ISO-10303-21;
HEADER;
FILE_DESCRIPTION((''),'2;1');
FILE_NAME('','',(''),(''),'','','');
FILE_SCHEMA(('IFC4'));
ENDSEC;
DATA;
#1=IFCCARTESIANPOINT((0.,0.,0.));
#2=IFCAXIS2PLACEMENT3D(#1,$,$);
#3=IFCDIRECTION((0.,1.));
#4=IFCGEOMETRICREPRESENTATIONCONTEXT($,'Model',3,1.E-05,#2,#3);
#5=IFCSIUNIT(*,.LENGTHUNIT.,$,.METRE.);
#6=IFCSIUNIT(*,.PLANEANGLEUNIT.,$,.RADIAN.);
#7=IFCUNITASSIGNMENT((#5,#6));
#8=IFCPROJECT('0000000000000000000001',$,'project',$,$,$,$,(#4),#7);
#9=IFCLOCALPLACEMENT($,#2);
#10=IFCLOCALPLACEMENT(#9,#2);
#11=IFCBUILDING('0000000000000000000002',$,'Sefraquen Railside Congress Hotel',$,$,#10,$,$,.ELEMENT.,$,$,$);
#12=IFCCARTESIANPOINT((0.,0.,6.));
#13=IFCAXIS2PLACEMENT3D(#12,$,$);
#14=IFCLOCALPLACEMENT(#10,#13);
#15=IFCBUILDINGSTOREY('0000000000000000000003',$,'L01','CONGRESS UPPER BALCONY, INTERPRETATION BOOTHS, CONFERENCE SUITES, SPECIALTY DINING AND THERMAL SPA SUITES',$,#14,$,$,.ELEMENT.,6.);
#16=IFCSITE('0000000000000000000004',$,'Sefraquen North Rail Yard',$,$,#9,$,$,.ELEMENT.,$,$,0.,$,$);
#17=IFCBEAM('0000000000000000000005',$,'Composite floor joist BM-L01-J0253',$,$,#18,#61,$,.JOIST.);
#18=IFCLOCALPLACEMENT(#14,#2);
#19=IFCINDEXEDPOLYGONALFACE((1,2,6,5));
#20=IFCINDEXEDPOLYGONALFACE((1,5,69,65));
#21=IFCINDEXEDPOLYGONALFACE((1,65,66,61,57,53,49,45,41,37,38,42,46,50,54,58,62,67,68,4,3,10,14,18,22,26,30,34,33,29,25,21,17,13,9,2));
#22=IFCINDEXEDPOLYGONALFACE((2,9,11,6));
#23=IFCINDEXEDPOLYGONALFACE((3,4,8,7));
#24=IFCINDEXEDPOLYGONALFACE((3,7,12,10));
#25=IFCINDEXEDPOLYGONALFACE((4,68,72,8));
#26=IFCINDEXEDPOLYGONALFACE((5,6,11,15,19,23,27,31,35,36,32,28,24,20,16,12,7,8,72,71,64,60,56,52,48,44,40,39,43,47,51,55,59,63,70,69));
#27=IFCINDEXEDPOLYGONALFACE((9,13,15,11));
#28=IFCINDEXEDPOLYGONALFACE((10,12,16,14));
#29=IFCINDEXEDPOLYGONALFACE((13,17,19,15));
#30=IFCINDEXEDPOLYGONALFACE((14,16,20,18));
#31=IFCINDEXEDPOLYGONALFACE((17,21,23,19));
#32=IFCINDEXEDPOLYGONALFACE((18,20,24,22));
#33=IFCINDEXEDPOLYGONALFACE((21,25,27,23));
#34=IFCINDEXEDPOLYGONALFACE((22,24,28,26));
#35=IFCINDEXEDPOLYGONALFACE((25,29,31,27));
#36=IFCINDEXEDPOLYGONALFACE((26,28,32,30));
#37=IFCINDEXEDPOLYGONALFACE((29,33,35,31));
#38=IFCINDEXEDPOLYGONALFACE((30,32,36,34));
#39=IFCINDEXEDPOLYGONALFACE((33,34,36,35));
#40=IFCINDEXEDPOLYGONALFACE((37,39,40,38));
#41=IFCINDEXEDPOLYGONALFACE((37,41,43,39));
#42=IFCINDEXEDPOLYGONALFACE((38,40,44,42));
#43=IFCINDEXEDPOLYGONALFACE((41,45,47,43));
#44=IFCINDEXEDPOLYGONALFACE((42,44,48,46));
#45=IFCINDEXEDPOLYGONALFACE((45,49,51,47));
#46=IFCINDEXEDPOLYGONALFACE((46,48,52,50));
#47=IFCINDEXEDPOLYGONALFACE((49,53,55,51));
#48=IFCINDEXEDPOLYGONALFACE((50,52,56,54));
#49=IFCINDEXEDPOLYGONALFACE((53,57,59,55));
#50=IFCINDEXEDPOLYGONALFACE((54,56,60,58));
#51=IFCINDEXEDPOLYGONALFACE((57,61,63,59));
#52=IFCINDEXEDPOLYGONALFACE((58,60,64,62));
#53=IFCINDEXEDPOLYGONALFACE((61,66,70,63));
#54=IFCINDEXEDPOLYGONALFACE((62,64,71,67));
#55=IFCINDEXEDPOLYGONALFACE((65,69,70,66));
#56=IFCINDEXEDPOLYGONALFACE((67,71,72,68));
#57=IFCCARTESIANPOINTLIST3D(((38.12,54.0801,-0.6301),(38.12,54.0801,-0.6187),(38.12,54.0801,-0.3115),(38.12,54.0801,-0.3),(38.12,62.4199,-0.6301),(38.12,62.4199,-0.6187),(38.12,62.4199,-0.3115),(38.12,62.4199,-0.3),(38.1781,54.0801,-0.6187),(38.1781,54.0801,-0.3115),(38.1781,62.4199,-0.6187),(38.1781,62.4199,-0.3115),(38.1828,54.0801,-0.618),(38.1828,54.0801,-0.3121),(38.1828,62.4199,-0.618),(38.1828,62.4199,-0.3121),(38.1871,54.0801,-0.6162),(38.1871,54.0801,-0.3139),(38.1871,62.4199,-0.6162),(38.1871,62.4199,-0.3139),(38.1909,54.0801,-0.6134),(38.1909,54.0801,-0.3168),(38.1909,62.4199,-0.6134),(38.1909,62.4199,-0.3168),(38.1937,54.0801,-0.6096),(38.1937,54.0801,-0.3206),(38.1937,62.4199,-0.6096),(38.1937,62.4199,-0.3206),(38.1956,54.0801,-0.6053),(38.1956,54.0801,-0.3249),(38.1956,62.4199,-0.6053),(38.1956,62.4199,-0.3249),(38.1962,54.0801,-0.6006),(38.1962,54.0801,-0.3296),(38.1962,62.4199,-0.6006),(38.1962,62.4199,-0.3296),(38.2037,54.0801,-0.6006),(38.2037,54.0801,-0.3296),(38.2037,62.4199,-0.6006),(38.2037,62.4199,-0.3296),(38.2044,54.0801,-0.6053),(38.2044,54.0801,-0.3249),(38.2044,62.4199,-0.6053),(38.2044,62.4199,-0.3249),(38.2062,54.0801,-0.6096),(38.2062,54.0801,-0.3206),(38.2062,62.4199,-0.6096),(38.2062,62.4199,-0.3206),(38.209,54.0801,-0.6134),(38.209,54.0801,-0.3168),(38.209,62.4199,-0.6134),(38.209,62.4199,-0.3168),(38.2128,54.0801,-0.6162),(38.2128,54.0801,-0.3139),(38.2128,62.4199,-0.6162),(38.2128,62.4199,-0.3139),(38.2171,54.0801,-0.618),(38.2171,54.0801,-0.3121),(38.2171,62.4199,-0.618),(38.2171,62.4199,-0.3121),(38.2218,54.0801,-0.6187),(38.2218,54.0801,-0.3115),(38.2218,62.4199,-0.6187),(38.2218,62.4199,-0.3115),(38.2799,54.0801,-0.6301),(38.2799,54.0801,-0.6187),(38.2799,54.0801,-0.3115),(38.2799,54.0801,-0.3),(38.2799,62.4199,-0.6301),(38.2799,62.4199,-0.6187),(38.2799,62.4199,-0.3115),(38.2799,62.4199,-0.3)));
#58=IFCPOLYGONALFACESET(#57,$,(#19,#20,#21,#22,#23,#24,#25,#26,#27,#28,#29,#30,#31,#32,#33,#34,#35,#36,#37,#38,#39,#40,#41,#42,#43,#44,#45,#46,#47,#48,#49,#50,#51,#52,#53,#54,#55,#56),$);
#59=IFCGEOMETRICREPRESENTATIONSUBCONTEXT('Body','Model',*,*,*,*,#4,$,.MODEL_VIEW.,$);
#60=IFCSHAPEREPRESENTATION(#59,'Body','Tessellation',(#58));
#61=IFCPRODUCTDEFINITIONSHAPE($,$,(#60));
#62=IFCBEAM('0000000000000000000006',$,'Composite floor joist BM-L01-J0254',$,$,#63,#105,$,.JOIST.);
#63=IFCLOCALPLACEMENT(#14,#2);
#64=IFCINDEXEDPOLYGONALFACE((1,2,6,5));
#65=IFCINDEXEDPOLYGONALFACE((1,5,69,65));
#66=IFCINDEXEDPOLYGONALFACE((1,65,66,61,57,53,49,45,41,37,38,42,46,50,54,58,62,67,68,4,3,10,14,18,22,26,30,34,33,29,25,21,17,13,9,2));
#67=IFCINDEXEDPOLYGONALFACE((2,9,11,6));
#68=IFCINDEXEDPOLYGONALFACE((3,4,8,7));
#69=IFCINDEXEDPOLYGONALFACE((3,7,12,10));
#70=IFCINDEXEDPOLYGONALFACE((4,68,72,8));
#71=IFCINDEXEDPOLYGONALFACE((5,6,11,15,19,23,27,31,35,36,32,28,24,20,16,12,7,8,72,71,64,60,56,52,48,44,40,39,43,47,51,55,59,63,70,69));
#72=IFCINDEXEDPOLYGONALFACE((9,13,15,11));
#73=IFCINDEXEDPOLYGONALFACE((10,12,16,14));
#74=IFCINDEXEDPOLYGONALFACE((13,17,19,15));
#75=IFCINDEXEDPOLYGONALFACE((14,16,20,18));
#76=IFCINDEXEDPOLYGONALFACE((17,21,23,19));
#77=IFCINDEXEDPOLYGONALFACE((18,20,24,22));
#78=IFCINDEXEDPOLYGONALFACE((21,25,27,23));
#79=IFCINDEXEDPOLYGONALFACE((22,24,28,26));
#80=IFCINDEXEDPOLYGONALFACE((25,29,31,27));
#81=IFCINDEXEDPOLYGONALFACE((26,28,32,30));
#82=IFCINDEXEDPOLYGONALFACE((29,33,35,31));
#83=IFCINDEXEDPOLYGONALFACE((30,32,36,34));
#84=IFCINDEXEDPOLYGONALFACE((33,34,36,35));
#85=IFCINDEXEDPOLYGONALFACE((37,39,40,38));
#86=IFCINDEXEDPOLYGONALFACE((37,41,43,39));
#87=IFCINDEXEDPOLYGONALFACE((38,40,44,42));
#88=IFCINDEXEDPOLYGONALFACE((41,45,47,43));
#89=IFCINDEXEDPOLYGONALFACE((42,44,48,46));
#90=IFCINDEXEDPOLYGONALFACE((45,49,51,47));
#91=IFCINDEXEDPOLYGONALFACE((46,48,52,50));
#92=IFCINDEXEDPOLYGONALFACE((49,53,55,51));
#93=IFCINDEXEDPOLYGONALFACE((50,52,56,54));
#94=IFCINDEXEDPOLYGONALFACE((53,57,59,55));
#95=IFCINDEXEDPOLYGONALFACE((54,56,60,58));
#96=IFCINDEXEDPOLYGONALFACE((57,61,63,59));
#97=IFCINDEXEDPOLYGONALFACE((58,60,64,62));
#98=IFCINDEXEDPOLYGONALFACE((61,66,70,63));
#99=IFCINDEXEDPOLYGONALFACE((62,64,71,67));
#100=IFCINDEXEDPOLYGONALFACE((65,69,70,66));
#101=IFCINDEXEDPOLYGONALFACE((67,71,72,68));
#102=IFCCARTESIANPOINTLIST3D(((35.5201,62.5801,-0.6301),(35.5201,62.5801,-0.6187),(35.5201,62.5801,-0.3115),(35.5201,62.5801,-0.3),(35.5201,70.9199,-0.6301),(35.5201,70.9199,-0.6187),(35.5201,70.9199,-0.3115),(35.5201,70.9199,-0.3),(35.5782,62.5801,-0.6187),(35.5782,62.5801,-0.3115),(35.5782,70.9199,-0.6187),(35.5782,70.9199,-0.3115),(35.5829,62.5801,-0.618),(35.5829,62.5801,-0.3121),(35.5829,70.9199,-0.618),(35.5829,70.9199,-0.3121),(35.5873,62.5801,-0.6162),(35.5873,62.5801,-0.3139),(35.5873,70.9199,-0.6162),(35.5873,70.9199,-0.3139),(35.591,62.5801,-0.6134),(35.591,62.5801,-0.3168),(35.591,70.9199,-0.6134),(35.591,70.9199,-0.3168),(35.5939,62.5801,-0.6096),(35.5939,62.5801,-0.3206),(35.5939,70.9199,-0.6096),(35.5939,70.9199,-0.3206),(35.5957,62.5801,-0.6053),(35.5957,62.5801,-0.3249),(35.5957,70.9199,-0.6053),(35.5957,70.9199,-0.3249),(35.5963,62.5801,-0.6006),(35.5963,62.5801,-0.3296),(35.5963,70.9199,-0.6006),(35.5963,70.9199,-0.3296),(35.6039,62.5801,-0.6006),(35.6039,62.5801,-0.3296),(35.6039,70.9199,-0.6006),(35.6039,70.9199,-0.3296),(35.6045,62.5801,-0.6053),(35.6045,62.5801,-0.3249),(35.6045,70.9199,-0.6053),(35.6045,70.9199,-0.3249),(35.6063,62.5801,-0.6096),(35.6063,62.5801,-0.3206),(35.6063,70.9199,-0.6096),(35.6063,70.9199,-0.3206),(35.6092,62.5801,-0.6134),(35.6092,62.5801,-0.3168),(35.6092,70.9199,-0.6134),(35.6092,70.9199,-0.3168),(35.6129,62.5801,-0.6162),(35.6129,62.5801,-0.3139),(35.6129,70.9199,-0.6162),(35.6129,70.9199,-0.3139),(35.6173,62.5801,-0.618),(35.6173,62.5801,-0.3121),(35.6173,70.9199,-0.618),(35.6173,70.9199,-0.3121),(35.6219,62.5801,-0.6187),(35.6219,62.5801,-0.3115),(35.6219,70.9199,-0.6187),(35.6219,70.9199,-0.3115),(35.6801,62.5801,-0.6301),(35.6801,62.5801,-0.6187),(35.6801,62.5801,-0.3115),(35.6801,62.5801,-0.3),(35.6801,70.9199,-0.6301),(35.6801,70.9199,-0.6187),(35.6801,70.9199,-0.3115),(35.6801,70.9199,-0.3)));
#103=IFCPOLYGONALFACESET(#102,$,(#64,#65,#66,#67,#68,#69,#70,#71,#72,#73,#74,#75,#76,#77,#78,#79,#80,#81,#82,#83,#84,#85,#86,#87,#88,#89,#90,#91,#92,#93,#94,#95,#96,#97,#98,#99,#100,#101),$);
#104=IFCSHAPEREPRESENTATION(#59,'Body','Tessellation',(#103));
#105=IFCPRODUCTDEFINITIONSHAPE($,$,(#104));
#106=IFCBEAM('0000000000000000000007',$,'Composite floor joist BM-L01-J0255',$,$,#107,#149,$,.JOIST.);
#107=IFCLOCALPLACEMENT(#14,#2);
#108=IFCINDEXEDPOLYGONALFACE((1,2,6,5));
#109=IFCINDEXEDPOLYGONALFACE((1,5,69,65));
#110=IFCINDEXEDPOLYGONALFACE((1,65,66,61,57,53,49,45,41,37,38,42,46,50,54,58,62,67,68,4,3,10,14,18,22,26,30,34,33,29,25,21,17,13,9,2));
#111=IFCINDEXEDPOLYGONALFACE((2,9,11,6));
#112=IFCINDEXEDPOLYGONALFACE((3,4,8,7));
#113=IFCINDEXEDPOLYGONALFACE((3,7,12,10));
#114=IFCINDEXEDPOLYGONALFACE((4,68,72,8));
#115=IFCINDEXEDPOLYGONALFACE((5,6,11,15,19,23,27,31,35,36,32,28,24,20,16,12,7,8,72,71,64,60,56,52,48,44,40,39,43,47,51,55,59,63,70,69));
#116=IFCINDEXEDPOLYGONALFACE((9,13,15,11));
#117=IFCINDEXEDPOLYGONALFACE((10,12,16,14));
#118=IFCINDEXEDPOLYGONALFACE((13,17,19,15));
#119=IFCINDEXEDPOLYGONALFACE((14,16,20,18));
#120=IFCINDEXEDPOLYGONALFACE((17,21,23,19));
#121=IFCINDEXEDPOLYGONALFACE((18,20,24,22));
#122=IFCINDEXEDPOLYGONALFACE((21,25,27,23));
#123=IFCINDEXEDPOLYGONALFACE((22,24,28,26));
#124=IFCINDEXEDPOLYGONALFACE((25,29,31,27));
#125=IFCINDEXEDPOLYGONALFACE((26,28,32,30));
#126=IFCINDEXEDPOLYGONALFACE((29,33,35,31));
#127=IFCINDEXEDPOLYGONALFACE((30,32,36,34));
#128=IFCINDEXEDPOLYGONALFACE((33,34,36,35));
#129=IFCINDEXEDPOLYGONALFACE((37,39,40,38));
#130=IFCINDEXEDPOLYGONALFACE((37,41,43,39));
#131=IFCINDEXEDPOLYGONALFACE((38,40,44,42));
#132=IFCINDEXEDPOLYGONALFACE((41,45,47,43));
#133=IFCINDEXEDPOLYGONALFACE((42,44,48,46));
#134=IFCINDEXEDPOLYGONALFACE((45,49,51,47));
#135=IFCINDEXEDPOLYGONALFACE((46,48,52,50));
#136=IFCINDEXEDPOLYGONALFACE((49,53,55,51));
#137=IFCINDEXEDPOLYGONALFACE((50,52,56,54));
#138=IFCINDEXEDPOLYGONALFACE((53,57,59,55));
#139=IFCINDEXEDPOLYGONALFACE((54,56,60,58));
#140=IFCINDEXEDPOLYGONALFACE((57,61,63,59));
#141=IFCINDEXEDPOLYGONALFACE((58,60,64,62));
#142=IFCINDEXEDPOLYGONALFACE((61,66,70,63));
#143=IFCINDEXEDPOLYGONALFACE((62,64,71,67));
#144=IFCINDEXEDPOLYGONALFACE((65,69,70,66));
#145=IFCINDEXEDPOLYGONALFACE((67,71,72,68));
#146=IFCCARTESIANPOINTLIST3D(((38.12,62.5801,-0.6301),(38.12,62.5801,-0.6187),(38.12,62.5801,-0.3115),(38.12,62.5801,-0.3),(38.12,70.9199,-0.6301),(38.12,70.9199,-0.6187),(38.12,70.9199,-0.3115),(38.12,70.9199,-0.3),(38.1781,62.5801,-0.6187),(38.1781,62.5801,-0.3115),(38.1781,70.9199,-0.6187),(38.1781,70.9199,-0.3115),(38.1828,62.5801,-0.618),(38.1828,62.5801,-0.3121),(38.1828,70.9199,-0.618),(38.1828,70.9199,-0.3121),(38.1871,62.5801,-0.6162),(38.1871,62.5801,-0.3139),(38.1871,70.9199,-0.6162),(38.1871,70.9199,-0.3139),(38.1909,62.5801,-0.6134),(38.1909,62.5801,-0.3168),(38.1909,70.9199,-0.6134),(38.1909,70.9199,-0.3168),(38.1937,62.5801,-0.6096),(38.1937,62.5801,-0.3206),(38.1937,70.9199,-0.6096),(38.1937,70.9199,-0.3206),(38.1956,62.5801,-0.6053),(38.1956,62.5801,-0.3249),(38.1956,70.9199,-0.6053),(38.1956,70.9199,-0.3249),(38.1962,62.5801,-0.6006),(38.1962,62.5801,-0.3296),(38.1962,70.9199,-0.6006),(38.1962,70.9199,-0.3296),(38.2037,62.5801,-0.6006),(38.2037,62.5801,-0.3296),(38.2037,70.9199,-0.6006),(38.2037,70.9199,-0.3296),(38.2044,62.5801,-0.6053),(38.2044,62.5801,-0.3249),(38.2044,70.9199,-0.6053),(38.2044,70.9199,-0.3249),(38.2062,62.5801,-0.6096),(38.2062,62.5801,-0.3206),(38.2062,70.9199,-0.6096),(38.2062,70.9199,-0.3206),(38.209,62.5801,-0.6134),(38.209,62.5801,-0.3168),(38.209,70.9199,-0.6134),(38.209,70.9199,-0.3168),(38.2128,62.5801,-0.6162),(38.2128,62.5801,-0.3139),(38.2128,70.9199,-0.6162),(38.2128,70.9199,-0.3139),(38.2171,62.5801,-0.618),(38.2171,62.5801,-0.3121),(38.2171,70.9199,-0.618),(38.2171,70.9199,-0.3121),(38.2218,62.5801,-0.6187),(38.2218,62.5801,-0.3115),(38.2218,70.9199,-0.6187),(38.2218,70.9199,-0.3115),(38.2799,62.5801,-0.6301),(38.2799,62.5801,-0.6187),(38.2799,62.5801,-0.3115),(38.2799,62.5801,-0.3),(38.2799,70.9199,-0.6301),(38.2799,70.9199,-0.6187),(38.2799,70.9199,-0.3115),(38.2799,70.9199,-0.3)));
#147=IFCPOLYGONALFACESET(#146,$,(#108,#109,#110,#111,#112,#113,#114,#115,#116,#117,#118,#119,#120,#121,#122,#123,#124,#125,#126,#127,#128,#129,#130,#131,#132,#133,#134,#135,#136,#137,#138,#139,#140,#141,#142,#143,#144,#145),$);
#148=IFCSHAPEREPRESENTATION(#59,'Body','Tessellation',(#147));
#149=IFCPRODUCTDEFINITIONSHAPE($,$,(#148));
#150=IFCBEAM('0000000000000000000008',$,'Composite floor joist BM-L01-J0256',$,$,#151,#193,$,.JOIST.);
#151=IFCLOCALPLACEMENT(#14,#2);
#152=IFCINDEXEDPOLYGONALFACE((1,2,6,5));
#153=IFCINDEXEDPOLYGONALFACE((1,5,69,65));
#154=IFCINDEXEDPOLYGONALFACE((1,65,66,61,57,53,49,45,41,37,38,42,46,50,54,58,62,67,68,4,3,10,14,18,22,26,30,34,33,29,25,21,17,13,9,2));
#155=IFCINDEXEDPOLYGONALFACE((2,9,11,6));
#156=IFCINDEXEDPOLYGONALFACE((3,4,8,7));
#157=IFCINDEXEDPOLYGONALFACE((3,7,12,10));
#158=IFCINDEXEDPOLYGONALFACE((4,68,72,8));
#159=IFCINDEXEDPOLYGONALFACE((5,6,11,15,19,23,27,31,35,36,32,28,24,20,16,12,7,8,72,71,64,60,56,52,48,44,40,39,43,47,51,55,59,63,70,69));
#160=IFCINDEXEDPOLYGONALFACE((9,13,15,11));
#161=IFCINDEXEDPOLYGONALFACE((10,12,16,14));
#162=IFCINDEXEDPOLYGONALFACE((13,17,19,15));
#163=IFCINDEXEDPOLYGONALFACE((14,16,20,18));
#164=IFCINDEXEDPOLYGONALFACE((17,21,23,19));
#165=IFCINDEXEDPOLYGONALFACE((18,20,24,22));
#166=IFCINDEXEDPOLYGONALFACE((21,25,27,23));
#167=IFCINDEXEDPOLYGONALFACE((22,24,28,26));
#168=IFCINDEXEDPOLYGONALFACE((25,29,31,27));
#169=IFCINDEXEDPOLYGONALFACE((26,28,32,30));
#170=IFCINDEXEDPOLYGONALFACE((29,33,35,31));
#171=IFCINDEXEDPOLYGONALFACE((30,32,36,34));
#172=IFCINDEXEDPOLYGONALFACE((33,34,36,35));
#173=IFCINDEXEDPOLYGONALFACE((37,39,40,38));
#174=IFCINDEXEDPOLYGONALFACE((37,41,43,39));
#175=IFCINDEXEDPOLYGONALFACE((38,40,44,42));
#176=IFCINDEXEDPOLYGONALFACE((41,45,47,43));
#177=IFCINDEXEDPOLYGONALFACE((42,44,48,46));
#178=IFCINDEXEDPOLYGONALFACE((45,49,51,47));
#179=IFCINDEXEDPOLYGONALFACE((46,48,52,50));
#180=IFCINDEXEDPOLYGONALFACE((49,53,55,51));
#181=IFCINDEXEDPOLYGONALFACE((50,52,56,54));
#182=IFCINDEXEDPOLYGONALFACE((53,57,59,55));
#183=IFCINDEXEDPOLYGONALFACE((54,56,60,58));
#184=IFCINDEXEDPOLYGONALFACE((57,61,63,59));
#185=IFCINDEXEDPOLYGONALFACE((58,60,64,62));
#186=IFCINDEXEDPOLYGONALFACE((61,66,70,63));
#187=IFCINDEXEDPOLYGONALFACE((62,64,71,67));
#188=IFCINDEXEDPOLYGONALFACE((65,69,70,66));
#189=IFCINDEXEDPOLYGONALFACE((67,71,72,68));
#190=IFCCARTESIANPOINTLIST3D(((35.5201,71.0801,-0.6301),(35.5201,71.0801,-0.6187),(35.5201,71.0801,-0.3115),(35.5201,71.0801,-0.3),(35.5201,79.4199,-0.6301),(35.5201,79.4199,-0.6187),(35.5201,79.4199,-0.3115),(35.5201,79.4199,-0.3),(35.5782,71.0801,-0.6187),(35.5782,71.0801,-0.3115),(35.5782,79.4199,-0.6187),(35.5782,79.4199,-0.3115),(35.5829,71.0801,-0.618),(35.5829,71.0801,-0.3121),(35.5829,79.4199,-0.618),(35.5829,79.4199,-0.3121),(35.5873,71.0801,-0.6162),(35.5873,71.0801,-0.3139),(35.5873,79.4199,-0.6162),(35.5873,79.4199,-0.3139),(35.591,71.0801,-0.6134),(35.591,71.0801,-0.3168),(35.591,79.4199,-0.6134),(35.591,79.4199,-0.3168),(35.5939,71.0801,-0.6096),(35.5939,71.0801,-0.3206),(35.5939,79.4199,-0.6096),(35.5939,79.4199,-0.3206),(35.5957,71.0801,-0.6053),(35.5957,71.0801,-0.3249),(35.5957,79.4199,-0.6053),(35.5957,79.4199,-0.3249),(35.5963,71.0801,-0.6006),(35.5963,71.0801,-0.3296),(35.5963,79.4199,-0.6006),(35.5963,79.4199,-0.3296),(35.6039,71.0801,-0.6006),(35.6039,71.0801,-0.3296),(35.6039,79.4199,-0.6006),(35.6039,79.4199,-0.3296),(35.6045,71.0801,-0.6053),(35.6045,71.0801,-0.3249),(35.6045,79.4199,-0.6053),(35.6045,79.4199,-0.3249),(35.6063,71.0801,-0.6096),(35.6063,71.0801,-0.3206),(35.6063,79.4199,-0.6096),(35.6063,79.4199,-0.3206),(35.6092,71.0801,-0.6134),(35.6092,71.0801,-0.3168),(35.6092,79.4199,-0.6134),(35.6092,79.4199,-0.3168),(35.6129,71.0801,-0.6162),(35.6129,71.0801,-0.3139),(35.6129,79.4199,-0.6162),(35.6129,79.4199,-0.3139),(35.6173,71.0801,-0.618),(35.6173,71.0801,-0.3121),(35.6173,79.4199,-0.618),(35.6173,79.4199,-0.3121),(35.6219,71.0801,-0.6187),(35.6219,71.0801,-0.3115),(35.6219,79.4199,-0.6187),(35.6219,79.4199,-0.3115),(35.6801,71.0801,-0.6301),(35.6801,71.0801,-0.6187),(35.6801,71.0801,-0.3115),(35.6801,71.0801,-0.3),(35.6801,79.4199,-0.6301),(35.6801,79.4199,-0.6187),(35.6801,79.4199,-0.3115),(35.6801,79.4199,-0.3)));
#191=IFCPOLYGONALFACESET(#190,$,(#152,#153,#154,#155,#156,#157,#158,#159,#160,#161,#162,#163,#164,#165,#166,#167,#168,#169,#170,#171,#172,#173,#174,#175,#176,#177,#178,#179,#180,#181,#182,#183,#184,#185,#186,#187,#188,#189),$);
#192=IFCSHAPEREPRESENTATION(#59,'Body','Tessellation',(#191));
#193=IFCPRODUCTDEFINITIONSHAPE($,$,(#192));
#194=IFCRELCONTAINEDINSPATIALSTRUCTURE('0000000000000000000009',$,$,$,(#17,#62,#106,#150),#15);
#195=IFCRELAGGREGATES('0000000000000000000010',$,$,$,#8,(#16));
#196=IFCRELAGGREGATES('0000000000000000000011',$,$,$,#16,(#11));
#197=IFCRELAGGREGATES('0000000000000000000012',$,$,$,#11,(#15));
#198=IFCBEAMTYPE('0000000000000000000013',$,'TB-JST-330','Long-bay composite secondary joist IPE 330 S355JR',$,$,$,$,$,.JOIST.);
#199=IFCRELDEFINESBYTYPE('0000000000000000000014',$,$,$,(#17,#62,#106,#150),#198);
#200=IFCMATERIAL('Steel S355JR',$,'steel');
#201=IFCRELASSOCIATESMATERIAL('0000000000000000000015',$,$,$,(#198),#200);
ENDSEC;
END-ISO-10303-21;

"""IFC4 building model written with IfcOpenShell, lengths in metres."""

from ifc_helpers import new_model, si_unit, direction, frame, origin, origin_2d, place, context, subcontext, project, spatial, i_section, extrude, material, material_profile, profile_set, type_object, element, save


model = new_model("IFC4")

# Units and contexts
model_context = context("Model", 3, precision=1e-05, world=origin(), true_north=direction((0.0, 1.0)))
body_context = subcontext(model_context, "Body", "Model", "MODEL_VIEW")
ifc_project = project(units=[si_unit("LENGTHUNIT", "METRE"), si_unit("PLANEANGLEUNIT", "RADIAN")], contexts=[model_context])

# Site, building, storey
site_placement = place(None, origin())
site = spatial("IfcSite", under=ifc_project, at=site_placement, Name="Sefraquen North Rail Yard", CompositionType="ELEMENT", RefElevation=0.0)
building_placement = place(site_placement, origin())
building = spatial("IfcBuilding", under=site, at=building_placement, Name="Sefraquen Railside Congress Hotel", CompositionType="ELEMENT")
storey_placement = place(building_placement, frame((0.0, 0.0, 6.0)))
storey = spatial("IfcBuildingStorey", under=building, at=storey_placement, Name="L01", Description="CONGRESS UPPER BALCONY, INTERPRETATION BOOTHS, CONFERENCE SUITES, SPECIALTY DINING AND THERMAL SPA SUITES", CompositionType="ELEMENT", Elevation=6.0)

# Shared definitions
ifc_material_1 = material(Name="Steel S355JR", Category="steel")

# Beams
ifc_material_profile_1 = material_profile(ifc_material_1, i_section(OverallWidth=0.1599, OverallDepth=0.3301, WebThickness=0.0076, FlangeThickness=0.0115, FilletRadius=0.0181, at=origin_2d()), Name="IPE 330")
ifc_profile_set_1 = profile_set([ifc_material_profile_1], Name="Steel S355JR")
beam_type_1 = type_object("IfcBeamType", Name="TB-JST-330", Description="Long-bay composite secondary joist IPE 330 S355JR", PredefinedType="JOIST", material=ifc_profile_set_1)
for number, where, z_axis, x_axis, name in (
    (1, (38.2, 54.0801, -0.4651), (0.0, 1.0, 0.0), (-1.0, 0.0, 0.0), "Composite floor joist BM-L01-J0253"),
    (2, (35.6001, 62.5801, -0.4651), (0.0, 1.0, 0.0), (-1.0, 0.0, 0.0), "Composite floor joist BM-L01-J0254"),
    (3, (38.2, 62.5801, -0.4651), (0.0, 1.0, 0.0), (-1.0, 0.0, 0.0), "Composite floor joist BM-L01-J0255"),
    (4, (35.6001, 71.0801, -0.4651), (0.0, 1.0, 0.0), (-1.0, 0.0, 0.0), "Composite floor joist BM-L01-J0256"),
):
    element("IfcBeam", number, at=place(storey_placement, frame(where, z_axis=z_axis, x_axis=x_axis)), inside=storey, type_object=beam_type_1, Name=name, PredefinedType="JOIST", context=body_context, shape_type="SweptSolid", body=[
        extrude(i_section(OverallWidth=0.1599, OverallDepth=0.3301, WebThickness=0.0076, FlangeThickness=0.0115, FilletRadius=0.0181, at=origin_2d()), origin(), (0.0, 0.0, 1.0), 8.3398),
    ])

save(model, "model.ifc")
